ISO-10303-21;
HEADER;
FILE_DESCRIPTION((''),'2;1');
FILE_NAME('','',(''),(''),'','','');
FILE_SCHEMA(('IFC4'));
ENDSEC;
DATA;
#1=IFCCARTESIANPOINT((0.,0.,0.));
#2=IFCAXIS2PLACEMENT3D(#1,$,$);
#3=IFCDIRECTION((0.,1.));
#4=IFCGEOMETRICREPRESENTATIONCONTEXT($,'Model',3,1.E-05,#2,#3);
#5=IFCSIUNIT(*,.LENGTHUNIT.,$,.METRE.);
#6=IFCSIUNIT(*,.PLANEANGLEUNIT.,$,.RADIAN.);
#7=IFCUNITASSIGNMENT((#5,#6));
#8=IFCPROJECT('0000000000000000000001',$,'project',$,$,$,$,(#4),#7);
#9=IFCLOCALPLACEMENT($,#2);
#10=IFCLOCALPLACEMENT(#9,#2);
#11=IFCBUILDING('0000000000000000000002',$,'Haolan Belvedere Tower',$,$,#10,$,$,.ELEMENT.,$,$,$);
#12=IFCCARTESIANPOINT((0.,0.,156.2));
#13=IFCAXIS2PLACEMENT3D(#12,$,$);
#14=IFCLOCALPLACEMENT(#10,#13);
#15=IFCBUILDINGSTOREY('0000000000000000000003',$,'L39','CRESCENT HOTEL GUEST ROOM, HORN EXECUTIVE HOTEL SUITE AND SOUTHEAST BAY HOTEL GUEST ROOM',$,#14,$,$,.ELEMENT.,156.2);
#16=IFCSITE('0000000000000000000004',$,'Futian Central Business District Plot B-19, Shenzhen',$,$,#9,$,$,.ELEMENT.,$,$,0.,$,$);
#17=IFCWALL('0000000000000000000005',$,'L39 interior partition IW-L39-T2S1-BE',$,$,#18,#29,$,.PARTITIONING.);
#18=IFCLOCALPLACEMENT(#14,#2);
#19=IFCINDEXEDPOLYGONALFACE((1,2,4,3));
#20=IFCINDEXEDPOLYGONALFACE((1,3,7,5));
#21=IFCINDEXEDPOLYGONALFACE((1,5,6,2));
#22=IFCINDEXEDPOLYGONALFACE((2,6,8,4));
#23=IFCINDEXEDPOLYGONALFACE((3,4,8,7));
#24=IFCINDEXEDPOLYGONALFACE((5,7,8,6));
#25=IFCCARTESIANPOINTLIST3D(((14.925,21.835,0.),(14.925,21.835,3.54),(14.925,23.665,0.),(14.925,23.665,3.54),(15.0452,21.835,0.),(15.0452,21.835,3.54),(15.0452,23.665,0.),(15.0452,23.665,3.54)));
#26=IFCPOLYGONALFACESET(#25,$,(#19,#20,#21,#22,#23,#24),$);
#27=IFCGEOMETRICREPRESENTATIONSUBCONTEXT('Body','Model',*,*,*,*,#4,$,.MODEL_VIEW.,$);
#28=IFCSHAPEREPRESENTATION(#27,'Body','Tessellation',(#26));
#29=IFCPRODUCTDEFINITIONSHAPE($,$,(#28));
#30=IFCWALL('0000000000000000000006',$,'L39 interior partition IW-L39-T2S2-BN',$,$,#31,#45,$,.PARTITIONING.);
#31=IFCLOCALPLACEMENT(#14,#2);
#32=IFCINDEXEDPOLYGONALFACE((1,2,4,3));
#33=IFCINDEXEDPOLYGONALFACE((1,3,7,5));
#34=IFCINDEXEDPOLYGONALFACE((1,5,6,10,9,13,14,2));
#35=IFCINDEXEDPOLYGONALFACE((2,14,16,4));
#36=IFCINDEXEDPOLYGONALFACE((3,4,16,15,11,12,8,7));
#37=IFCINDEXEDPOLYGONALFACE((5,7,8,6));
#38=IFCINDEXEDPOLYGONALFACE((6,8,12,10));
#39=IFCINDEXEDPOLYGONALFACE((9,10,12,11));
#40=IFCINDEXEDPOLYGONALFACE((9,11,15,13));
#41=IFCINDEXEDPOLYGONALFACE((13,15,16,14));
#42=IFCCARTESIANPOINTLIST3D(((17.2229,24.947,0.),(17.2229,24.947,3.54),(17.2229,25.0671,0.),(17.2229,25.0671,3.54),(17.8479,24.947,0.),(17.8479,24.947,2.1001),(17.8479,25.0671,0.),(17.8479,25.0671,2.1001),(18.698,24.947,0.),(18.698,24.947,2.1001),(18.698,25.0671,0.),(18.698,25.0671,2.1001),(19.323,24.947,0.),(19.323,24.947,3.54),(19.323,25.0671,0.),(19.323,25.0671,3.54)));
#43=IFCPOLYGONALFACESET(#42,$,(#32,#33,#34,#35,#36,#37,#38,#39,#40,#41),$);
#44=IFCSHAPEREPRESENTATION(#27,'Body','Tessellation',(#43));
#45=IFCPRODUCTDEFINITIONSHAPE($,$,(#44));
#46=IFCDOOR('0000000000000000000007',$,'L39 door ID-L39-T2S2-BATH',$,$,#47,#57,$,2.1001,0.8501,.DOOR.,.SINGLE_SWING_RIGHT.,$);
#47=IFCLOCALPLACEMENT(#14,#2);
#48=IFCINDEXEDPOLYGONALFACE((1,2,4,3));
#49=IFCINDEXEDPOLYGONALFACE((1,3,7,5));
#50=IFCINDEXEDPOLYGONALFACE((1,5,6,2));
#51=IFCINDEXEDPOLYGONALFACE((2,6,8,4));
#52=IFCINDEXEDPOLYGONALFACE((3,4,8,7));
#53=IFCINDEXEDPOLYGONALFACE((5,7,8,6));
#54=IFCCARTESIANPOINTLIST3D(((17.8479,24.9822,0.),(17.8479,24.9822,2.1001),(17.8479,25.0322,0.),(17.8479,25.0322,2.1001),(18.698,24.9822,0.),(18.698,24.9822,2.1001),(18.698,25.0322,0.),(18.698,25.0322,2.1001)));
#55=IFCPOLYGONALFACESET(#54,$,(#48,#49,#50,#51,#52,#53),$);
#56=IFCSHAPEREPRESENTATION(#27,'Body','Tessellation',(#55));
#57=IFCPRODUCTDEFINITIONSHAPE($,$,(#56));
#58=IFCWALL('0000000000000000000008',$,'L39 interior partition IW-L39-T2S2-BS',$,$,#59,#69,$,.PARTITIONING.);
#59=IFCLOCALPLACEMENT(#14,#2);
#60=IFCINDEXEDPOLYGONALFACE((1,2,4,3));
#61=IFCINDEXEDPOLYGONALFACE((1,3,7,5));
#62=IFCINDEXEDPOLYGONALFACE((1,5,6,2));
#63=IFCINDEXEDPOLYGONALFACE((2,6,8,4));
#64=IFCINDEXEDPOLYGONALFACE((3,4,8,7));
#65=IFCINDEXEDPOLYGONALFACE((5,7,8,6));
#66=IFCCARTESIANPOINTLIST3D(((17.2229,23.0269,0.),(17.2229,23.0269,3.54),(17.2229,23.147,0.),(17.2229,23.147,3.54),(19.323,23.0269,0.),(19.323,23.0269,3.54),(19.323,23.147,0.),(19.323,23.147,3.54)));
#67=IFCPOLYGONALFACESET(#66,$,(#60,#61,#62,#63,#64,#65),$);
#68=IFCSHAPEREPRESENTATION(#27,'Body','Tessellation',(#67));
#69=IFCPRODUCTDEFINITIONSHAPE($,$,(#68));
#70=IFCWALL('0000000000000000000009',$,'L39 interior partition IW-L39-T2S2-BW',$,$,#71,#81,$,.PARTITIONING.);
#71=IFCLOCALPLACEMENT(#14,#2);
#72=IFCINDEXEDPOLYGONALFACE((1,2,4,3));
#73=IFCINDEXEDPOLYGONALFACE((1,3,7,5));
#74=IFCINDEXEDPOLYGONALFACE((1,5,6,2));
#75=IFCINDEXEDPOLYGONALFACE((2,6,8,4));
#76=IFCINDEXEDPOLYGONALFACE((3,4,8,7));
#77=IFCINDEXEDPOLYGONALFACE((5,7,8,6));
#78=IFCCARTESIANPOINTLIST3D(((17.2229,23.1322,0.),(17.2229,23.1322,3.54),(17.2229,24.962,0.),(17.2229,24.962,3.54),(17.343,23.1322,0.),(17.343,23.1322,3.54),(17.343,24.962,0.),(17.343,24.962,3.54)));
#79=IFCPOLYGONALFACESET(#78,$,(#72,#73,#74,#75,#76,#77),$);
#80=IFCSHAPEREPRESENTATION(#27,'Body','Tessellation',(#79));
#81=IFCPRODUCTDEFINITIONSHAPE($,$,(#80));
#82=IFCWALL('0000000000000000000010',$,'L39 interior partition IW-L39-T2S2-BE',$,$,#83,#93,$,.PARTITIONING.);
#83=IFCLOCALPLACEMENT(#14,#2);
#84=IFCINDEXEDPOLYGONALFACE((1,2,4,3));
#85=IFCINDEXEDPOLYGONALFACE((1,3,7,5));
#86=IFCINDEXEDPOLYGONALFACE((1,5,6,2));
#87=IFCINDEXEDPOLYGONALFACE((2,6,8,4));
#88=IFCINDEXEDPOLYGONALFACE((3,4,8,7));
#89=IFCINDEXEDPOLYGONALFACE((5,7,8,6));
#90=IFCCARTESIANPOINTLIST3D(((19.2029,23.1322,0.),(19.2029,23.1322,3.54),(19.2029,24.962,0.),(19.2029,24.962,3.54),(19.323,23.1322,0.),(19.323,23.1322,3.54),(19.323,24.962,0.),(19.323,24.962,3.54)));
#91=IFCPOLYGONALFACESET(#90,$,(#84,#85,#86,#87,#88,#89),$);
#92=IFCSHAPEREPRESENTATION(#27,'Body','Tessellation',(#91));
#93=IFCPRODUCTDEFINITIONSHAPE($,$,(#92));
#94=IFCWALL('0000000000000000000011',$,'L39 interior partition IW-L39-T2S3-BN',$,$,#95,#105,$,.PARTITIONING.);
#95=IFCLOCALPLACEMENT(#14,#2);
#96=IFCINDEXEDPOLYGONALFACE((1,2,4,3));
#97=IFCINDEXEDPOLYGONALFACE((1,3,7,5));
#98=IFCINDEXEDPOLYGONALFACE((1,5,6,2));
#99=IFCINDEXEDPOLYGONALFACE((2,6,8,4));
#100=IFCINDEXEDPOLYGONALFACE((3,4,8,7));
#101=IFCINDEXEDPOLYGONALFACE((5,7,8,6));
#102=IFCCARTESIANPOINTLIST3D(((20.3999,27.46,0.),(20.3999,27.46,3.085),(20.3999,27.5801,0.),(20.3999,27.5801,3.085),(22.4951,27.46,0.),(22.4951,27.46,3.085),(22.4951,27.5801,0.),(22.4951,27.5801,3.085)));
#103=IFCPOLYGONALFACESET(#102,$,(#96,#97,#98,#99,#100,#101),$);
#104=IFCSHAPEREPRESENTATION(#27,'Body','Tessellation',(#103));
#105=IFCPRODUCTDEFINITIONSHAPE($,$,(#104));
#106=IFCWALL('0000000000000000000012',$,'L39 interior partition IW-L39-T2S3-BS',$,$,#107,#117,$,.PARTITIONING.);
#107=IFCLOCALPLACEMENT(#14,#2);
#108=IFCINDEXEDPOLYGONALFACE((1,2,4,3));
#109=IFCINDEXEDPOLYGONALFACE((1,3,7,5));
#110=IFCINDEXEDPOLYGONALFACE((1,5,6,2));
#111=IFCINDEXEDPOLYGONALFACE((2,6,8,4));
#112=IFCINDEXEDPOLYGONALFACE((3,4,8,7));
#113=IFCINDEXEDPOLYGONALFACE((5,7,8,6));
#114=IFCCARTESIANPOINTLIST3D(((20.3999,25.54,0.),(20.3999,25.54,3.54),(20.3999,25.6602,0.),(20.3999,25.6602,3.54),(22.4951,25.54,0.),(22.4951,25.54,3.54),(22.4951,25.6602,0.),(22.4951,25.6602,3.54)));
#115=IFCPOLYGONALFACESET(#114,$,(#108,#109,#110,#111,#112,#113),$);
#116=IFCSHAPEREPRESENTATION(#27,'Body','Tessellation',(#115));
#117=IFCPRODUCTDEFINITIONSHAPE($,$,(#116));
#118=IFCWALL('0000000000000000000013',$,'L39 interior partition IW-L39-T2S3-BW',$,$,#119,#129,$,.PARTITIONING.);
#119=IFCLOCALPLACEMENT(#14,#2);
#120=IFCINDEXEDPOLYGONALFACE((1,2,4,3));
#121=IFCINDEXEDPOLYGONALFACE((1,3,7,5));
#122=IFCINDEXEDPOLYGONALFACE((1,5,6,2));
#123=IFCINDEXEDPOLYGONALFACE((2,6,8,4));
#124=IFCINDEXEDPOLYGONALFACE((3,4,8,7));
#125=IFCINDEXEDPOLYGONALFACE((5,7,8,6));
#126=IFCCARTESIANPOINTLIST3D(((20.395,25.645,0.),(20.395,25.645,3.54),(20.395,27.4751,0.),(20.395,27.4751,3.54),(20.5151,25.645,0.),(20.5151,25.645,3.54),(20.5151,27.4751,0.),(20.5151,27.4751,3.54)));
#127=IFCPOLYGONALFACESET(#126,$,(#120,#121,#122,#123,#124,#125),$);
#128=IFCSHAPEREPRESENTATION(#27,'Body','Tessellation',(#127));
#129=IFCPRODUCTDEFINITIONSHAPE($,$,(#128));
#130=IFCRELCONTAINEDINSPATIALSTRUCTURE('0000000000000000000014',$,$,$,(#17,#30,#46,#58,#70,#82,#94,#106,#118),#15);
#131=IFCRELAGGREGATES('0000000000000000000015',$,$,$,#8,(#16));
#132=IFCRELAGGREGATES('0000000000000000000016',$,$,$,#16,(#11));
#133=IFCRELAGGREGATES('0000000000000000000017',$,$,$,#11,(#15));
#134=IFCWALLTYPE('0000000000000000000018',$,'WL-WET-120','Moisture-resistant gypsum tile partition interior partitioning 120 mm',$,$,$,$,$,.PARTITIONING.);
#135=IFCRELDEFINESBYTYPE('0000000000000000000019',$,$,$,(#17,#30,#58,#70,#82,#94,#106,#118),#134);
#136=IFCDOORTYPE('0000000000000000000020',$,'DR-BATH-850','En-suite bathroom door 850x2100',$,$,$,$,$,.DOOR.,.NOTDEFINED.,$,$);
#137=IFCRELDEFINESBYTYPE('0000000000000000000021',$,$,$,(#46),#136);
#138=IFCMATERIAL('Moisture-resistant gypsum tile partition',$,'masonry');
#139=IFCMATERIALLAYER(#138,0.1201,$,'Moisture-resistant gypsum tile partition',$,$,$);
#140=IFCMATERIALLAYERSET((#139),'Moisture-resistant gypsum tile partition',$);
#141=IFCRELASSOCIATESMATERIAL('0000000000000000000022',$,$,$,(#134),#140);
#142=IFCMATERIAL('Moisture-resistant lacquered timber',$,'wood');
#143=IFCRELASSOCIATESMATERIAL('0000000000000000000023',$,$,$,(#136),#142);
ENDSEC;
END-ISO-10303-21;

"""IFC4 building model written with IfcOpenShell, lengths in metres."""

from ifc_helpers import new_model, si_unit, direction, frame, frame_2d, origin, place, context, subcontext, project, spatial, rectangle, extrude, material, layer, layer_set, type_object, element, fill, save


model = new_model("IFC4")

# Units and contexts
model_context = context("Model", 3, precision=1e-05, world=origin(), true_north=direction((0.0, 1.0)))
body_context = subcontext(model_context, "Body", "Model", "MODEL_VIEW")
ifc_project = project(units=[si_unit("LENGTHUNIT", "METRE"), si_unit("PLANEANGLEUNIT", "RADIAN")], contexts=[model_context])

# Site, building, storey
site_placement = place(None, origin())
site = spatial("IfcSite", under=ifc_project, at=site_placement, Name="Futian Central Business District Plot B-19, Shenzhen", CompositionType="ELEMENT", RefElevation=0.0)
building_placement = place(site_placement, origin())
building = spatial("IfcBuilding", under=site, at=building_placement, Name="Haolan Belvedere Tower", CompositionType="ELEMENT")
storey_placement = place(building_placement, frame((0.0, 0.0, 156.2)))
storey = spatial("IfcBuildingStorey", under=building, at=storey_placement, Name="L39", Description="CRESCENT HOTEL GUEST ROOM, HORN EXECUTIVE HOTEL SUITE AND SOUTHEAST BAY HOTEL GUEST ROOM", CompositionType="ELEMENT", Elevation=156.2)

# Shared definitions
ifc_material_1 = material(Name="Moisture-resistant gypsum tile partition", Category="masonry")
ifc_layer_1 = layer(ifc_material_1, 0.1201, Name="Moisture-resistant gypsum tile partition")
ifc_layer_set_1 = layer_set([ifc_layer_1], Name="Moisture-resistant gypsum tile partition")
wall_type_1 = type_object("IfcWallType", Name="WL-WET-120", Description="Moisture-resistant gypsum tile partition interior partitioning 120 mm", PredefinedType="PARTITIONING", material=ifc_layer_set_1)
ifc_material_2 = material(Name="Moisture-resistant lacquered timber", Category="wood")
door_type_1 = type_object("IfcDoorType", Name="DR-BATH-850", Description="En-suite bathroom door 850x2100", OperationType="NOTDEFINED", PredefinedType="DOOR", material=ifc_material_2)

# Wall
for number, where, z_axis, x_axis, name in (
    (1, (14.9851, 21.835, 0.0), (0.0, 0.0, 1.0), (0.0, 1.0, 0.0), "L39 interior partition IW-L39-T2S1-BE"),
):
    element("IfcWall", number, at=place(storey_placement, frame(where, z_axis=z_axis, x_axis=x_axis)), inside=storey, type_object=wall_type_1, Name=name, PredefinedType="PARTITIONING", context=body_context, shape_type="SweptSolid", body=[
        extrude(rectangle(XDim=1.8301, YDim=0.1201, at=frame_2d((0.915, 0.0))), origin(), (0.0, 0.0, 1.0), 3.54),
    ])

# Wall, opening, door
wall_1_placement = place(storey_placement, frame((17.2229, 25.0071, 0.0), z_axis=(0.0, 0.0, 1.0), x_axis=(1.0, 0.0, 0.0)))
wall_1 = element("IfcWall", 2, at=wall_1_placement, inside=storey, type_object=wall_type_1, Name="L39 interior partition IW-L39-T2S2-BN", PredefinedType="PARTITIONING", context=body_context, shape_type="SweptSolid", body=[
    extrude(rectangle(XDim=2.1001, YDim=0.1201, at=frame_2d((1.05, 0.0))), origin(), (0.0, 0.0, 1.0), 3.54),
])
opening_1_placement = place(wall_1_placement, frame((1.4751, 0.0, 0.0), z_axis=(0.0, 0.0, 1.0), x_axis=(-1.0, 0.0, 0.0)))
opening_1 = element("IfcOpeningElement", 3, at=opening_1_placement, cuts=wall_1, PredefinedType="OPENING", context=body_context, shape_type="SweptSolid", body=[
    extrude(rectangle(XDim=0.8501, YDim=2.1001, at=frame_2d((0.425, 1.05))), frame((0.0, 0.0701, 0.0), z_axis=(0.0, -1.0, 0.0), x_axis=(1.0, 0.0, 0.0)), (0.0, 0.0, 1.0), 0.1401),
])
door_1_placement = place(opening_1_placement, origin())
door_1 = element("IfcDoor", 4, at=door_1_placement, inside=storey, type_object=door_type_1, Name="L39 door ID-L39-T2S2-BATH", OperationType="SINGLE_SWING_RIGHT", OverallHeight=2.1001, OverallWidth=0.8501, PredefinedType="DOOR", context=body_context, shape_type="SweptSolid", body=[
    extrude(rectangle(XDim=0.8501, YDim=2.1001, at=frame_2d((0.425, 1.05))), frame((0.0, 0.0249, 0.0), z_axis=(0.0, -1.0, 0.0), x_axis=(1.0, 0.0, 0.0)), (0.0, 0.0, 1.0), 0.05),
])
fill(opening_1, door_1)

# Walls
wall_2_placement = place(storey_placement, frame((17.2229, 23.0869, 0.0), z_axis=(0.0, 0.0, 1.0), x_axis=(1.0, 0.0, 0.0)))
element("IfcWall", 5, at=wall_2_placement, inside=storey, type_object=wall_type_1, Name="L39 interior partition IW-L39-T2S2-BS", PredefinedType="PARTITIONING", context=body_context, shape_type="SweptSolid", body=[
    extrude(rectangle(XDim=2.1001, YDim=0.1201, at=frame_2d((1.05, 0.0))), origin(), (0.0, 0.0, 1.0), 3.54),
])
for number, where, z_axis, x_axis, name in (
    (6, (17.283, 23.1321, 0.0), (0.0, 0.0, 1.0), (0.0, 1.0, 0.0), "L39 interior partition IW-L39-T2S2-BW"),
    (7, (19.2629, 23.1321, 0.0), (0.0, 0.0, 1.0), (0.0, 1.0, 0.0), "L39 interior partition IW-L39-T2S2-BE"),
):
    element("IfcWall", number, at=place(storey_placement, frame(where, z_axis=z_axis, x_axis=x_axis)), inside=storey, type_object=wall_type_1, Name=name, PredefinedType="PARTITIONING", context=body_context, shape_type="SweptSolid", body=[
        extrude(rectangle(XDim=1.8298, YDim=0.1201, at=frame_2d((0.915, 0.0))), origin(), (0.0, 0.0, 1.0), 3.54),
    ])
wall_3_placement = place(storey_placement, frame((20.3999, 27.52, 0.0), z_axis=(0.0, 0.0, 1.0), x_axis=(1.0, 0.0, 0.0)))
element("IfcWall", 8, at=wall_3_placement, inside=storey, type_object=wall_type_1, Name="L39 interior partition IW-L39-T2S3-BN", PredefinedType="PARTITIONING", context=body_context, shape_type="SweptSolid", body=[
    extrude(rectangle(XDim=2.0952, YDim=0.1201, at=frame_2d((1.0476, 0.0))), origin(), (0.0, 0.0, 1.0), 3.085),
])
wall_4_placement = place(storey_placement, frame((20.3999, 25.6001, 0.0), z_axis=(0.0, 0.0, 1.0), x_axis=(1.0, 0.0, 0.0)))
element("IfcWall", 9, at=wall_4_placement, inside=storey, type_object=wall_type_1, Name="L39 interior partition IW-L39-T2S3-BS", PredefinedType="PARTITIONING", context=body_context, shape_type="SweptSolid", body=[
    extrude(rectangle(XDim=2.0952, YDim=0.1201, at=frame_2d((1.0476, 0.0))), origin(), (0.0, 0.0, 1.0), 3.54),
])
wall_5_placement = place(storey_placement, frame((20.4551, 25.645, 0.0), z_axis=(0.0, 0.0, 1.0), x_axis=(0.0, 1.0, 0.0)))
element("IfcWall", 10, at=wall_5_placement, inside=storey, type_object=wall_type_1, Name="L39 interior partition IW-L39-T2S3-BW", PredefinedType="PARTITIONING", context=body_context, shape_type="SweptSolid", body=[
    extrude(rectangle(XDim=1.8301, YDim=0.1201, at=frame_2d((0.915, 0.0))), origin(), (0.0, 0.0, 1.0), 3.54),
])

save(model, "model.ifc")
